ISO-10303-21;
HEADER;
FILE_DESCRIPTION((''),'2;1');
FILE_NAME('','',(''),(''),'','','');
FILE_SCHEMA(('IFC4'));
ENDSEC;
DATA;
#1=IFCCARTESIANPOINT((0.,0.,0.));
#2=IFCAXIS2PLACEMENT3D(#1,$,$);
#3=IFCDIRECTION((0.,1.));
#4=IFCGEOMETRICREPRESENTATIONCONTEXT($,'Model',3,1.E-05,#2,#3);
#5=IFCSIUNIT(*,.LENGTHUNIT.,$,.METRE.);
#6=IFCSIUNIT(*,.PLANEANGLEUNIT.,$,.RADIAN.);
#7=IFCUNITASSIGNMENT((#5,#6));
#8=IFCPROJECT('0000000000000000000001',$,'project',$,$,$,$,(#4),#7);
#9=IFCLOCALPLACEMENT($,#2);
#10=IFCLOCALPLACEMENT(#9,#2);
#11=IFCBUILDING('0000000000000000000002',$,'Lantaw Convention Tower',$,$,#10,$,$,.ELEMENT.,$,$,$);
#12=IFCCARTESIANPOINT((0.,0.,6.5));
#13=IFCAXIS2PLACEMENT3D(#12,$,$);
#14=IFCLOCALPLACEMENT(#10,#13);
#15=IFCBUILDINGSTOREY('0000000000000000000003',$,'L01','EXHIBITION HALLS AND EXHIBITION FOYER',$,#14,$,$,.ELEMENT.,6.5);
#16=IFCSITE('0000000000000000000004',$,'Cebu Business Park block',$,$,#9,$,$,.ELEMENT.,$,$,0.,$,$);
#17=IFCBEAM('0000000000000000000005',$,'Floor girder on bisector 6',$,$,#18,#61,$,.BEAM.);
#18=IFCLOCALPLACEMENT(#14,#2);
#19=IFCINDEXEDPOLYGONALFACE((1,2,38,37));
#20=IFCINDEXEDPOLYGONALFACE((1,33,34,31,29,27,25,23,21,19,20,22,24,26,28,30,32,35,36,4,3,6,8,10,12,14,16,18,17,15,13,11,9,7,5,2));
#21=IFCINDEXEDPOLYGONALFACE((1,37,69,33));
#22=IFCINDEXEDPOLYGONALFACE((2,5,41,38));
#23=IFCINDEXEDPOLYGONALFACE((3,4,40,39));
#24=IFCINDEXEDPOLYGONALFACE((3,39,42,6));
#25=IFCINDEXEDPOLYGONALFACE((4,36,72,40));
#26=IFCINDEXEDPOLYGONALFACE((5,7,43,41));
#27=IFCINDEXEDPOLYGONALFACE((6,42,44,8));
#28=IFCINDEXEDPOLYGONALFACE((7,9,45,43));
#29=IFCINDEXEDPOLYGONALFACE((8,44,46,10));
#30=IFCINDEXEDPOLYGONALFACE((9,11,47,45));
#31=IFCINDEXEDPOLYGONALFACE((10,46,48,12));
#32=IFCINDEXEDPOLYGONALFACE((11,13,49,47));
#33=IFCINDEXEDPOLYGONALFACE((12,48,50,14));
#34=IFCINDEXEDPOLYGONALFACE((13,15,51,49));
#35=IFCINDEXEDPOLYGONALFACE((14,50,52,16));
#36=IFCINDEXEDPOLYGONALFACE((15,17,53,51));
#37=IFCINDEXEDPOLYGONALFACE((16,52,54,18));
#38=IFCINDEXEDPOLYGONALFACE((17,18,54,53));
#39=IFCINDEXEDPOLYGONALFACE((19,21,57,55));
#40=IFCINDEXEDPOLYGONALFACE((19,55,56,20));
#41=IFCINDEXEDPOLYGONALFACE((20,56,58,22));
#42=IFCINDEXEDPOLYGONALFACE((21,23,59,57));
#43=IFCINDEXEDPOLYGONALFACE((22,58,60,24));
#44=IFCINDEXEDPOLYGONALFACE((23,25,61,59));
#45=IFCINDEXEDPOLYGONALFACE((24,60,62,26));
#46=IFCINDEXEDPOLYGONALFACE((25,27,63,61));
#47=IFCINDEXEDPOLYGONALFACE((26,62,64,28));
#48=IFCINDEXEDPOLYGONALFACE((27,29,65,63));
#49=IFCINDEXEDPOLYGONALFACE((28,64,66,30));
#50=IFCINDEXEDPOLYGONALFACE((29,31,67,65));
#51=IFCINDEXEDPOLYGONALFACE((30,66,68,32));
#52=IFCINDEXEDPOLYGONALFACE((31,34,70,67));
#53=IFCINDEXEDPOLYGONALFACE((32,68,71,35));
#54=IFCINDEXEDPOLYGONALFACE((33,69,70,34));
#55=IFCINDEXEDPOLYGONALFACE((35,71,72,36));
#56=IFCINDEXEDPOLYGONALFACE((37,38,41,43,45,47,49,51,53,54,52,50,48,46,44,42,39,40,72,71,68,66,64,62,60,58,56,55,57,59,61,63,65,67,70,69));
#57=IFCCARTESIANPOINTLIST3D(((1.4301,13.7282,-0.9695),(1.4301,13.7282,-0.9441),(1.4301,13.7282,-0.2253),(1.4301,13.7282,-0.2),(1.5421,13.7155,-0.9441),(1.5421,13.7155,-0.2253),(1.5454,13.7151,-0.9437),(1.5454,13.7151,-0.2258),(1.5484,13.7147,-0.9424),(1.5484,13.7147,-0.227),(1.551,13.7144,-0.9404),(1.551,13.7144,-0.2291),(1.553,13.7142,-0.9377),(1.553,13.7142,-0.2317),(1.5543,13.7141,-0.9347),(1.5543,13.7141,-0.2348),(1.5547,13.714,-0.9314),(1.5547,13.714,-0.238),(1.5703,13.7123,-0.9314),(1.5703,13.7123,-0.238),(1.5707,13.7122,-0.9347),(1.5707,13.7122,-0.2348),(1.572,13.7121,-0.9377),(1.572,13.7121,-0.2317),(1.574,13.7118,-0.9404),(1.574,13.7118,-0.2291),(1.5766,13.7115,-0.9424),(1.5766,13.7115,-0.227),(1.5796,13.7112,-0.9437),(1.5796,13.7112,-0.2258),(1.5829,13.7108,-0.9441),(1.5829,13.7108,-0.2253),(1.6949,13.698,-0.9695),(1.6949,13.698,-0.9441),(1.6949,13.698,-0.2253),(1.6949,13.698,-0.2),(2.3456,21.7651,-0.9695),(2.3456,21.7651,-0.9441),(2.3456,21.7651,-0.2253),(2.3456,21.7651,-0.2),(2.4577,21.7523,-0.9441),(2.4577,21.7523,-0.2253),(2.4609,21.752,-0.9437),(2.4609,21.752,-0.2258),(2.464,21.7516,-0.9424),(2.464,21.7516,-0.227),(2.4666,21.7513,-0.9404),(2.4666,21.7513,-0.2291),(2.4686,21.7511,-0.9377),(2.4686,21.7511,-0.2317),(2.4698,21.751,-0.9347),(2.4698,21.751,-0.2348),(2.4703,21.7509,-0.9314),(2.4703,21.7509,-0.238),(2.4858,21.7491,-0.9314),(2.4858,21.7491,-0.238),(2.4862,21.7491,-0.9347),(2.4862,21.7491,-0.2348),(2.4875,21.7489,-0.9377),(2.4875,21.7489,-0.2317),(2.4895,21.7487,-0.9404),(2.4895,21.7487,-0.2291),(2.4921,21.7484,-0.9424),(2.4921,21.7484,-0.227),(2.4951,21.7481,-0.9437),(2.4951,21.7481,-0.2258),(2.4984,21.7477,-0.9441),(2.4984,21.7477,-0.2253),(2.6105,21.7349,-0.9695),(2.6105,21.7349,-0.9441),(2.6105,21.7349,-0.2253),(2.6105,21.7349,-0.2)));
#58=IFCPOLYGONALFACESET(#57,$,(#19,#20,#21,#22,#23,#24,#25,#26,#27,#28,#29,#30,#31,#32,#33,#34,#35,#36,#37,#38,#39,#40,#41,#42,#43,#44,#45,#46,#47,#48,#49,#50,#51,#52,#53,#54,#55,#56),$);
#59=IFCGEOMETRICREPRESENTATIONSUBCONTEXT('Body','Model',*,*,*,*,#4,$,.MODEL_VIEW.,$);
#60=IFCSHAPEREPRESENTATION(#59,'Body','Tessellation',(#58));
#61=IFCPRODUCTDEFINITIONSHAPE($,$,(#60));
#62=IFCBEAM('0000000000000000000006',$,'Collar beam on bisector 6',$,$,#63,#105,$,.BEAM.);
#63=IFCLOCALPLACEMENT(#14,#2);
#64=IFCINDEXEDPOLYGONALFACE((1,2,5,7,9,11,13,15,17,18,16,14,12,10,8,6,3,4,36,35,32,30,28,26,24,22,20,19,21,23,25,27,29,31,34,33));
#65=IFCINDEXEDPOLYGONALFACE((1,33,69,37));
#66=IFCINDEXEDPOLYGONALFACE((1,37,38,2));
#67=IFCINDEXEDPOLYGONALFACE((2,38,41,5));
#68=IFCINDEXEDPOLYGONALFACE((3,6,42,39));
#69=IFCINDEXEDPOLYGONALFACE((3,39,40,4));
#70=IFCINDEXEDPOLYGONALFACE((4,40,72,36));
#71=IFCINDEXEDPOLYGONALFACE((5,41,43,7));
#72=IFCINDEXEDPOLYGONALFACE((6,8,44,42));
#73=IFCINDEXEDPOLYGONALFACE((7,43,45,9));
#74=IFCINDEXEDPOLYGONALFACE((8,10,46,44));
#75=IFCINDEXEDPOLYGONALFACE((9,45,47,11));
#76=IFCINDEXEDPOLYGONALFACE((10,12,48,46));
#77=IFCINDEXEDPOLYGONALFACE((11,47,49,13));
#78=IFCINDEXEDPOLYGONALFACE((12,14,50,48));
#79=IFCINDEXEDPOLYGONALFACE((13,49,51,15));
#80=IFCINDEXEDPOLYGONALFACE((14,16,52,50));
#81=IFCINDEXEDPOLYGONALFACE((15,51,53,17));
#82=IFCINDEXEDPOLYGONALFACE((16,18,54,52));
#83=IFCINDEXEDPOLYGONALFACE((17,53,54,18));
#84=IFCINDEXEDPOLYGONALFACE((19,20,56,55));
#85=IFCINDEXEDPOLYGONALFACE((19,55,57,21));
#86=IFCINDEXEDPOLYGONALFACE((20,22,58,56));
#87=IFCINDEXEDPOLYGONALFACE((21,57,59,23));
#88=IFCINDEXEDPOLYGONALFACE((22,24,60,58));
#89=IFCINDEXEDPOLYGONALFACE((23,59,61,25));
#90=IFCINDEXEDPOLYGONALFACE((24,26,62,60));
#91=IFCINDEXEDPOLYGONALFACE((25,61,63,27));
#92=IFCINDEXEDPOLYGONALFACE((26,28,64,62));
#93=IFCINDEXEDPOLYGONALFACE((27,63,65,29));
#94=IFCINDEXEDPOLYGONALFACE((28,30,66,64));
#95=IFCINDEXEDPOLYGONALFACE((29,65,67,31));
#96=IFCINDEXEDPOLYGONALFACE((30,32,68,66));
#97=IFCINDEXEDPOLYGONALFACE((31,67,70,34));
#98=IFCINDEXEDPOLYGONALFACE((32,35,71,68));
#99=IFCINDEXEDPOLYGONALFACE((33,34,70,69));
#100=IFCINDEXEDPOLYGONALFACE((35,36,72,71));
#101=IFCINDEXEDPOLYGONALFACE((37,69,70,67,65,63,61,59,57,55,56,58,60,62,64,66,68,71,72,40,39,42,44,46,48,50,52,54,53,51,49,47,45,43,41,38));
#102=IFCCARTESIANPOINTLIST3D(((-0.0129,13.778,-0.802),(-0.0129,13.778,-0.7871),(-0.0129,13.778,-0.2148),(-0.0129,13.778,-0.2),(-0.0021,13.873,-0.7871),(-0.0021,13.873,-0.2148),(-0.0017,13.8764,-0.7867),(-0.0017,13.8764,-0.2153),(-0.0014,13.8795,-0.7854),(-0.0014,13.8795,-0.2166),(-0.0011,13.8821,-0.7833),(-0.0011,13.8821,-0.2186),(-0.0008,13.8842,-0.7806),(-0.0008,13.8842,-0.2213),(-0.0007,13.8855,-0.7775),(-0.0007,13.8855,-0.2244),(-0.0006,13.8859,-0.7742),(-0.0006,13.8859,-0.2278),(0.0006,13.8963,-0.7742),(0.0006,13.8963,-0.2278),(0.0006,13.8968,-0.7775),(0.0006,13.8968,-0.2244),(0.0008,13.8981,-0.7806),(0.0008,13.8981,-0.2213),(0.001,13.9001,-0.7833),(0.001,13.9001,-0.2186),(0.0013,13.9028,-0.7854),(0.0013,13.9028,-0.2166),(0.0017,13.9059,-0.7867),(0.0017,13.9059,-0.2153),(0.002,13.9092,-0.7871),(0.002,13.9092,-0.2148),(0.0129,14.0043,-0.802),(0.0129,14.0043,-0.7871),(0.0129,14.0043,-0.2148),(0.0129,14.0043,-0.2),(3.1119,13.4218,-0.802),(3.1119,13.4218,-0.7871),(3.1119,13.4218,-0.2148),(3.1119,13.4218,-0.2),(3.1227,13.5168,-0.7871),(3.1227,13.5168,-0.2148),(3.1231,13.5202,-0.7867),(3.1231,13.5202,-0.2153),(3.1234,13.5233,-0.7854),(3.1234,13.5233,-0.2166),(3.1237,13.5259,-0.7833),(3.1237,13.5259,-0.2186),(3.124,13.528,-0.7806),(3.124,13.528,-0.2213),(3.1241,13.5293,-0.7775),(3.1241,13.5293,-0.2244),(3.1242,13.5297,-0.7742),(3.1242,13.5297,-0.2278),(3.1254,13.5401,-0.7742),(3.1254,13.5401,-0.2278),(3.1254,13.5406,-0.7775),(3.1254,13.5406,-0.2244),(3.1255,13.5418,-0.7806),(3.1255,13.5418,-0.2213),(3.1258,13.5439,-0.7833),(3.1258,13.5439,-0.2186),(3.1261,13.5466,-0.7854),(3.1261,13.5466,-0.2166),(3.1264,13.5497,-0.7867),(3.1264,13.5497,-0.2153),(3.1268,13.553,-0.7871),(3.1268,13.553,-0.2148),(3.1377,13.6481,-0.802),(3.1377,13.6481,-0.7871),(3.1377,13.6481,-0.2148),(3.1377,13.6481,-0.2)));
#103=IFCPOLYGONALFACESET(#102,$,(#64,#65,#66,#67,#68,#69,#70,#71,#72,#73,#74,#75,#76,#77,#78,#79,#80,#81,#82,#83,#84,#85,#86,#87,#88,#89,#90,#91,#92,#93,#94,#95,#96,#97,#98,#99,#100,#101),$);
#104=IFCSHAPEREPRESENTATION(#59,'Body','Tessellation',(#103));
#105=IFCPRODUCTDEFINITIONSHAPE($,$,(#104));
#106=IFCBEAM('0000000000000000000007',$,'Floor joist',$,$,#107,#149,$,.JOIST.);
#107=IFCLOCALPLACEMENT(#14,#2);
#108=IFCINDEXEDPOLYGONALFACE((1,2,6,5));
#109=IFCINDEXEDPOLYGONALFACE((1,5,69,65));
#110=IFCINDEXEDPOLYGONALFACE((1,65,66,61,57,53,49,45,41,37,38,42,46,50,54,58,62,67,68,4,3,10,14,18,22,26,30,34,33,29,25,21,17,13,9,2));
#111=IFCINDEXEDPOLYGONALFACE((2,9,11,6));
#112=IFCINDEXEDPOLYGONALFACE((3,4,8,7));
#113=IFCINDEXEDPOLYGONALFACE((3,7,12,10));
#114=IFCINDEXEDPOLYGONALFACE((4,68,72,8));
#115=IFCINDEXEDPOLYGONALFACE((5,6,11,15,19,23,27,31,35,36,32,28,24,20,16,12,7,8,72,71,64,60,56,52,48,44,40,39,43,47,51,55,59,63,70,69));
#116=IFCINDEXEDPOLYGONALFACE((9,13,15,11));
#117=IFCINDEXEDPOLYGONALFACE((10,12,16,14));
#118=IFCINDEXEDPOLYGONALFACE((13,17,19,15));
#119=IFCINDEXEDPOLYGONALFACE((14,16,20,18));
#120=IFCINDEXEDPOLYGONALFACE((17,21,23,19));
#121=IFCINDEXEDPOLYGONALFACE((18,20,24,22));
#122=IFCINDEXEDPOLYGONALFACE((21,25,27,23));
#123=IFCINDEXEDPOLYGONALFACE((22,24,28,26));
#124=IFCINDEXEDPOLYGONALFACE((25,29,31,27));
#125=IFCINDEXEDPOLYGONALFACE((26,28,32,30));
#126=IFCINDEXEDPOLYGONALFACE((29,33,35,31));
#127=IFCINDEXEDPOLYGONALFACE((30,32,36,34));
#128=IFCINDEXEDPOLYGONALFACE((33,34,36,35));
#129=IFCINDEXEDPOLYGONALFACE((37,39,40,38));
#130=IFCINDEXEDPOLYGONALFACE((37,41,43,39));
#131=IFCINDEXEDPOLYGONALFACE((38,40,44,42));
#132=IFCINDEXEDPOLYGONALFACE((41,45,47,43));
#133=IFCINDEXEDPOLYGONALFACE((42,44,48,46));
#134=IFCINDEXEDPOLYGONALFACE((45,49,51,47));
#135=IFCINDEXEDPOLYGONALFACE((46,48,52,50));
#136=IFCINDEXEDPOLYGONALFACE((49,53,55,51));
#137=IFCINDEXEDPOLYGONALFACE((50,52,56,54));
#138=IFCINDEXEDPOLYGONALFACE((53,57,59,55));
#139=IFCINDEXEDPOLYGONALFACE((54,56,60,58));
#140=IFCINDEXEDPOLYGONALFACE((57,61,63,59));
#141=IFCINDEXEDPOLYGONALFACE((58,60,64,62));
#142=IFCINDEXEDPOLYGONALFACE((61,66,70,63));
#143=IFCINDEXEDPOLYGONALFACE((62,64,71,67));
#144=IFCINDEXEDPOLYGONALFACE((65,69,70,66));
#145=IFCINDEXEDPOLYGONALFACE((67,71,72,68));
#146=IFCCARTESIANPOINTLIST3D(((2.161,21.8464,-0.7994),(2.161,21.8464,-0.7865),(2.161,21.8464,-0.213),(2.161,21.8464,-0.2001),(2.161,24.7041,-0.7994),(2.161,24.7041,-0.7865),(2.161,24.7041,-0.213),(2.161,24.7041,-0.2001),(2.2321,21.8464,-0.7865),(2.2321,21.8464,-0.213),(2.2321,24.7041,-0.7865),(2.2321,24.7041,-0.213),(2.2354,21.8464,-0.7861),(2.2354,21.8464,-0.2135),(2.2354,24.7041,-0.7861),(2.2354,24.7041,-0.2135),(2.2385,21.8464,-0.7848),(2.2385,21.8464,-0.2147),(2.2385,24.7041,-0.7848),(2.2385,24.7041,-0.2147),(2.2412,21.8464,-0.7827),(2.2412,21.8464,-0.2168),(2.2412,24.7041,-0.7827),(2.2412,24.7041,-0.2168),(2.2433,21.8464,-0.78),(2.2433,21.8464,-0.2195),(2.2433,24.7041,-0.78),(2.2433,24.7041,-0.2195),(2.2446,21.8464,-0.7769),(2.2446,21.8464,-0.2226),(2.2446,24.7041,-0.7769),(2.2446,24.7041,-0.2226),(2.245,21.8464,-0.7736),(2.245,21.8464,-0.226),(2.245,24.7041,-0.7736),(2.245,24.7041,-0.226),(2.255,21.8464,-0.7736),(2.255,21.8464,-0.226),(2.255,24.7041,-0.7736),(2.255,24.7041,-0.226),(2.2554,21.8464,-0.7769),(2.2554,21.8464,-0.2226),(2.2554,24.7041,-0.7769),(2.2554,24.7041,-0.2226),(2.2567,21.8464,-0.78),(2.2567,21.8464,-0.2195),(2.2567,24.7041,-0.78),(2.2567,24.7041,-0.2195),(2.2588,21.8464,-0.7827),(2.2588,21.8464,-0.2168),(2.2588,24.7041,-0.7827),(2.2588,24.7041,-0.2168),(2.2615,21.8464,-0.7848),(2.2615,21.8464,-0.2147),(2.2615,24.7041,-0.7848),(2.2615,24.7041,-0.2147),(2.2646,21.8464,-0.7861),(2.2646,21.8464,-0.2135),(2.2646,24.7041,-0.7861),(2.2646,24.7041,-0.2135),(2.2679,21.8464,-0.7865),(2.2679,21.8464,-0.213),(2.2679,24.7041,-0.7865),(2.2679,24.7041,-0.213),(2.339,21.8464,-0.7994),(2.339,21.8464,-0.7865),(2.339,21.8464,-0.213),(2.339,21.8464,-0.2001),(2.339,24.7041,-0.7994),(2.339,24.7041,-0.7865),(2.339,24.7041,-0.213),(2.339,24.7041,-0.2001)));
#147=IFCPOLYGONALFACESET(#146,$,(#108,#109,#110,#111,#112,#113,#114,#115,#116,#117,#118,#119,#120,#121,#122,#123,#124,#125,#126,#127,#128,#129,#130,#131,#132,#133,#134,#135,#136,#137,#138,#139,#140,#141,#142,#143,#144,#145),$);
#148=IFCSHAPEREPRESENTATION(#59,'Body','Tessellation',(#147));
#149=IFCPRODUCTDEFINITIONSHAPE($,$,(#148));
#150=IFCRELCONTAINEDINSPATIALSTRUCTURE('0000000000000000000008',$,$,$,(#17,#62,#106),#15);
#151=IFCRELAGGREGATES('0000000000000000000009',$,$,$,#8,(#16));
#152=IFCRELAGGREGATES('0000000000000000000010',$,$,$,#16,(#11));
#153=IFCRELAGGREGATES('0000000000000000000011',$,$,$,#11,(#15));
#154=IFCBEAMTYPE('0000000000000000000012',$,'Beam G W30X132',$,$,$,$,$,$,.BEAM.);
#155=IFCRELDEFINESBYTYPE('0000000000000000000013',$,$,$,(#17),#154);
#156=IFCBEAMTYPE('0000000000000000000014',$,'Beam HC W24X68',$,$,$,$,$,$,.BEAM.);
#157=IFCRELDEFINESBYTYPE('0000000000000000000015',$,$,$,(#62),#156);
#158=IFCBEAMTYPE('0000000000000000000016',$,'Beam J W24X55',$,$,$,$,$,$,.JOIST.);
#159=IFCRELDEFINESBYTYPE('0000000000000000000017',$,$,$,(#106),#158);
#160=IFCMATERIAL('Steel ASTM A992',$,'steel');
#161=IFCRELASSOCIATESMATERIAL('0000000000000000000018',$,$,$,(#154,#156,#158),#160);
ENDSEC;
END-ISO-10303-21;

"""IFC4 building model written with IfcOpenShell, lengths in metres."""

from ifc_helpers import new_model, si_unit, direction, frame, origin, origin_2d, place, context, subcontext, project, spatial, i_section, extrude, material, material_profile, profile_set, type_object, element, save


model = new_model("IFC4")

# Units and contexts
model_context = context("Model", 3, precision=1e-05, world=origin(), true_north=direction((0.0, 1.0)))
body_context = subcontext(model_context, "Body", "Model", "MODEL_VIEW")
ifc_project = project(units=[si_unit("LENGTHUNIT", "METRE"), si_unit("PLANEANGLEUNIT", "RADIAN")], contexts=[model_context])

# Site, building, storey
site_placement = place(None, origin())
site = spatial("IfcSite", under=ifc_project, at=site_placement, Name="Cebu Business Park block", CompositionType="ELEMENT", RefElevation=0.0)
building_placement = place(site_placement, origin())
building = spatial("IfcBuilding", under=site, at=building_placement, Name="Lantaw Convention Tower", CompositionType="ELEMENT")
storey_placement = place(building_placement, frame((0.0, 0.0, 6.5)))
storey = spatial("IfcBuildingStorey", under=building, at=storey_placement, Name="L01", Description="EXHIBITION HALLS AND EXHIBITION FOYER", CompositionType="ELEMENT", Elevation=6.5)

# Beams
ifc_material_1 = material(Name="Steel ASTM A992", Category="steel")
ifc_material_profile_1 = material_profile(ifc_material_1, i_section(OverallWidth=0.2666, OverallDepth=0.7695, WebThickness=0.0156, FlangeThickness=0.0254, FilletRadius=0.0127, at=origin_2d()), Name="W30X132")
ifc_profile_set_1 = profile_set([ifc_material_profile_1], Name="Steel ASTM A992")
beam_type_1 = type_object("IfcBeamType", Name="Beam G W30X132", PredefinedType="BEAM", material=ifc_profile_set_1)
beam_1_placement = place(storey_placement, frame((1.5625, 13.7131, -0.5847), z_axis=(0.113184, 0.993574, 0.0), x_axis=(-0.993574, 0.113184, 0.0)))
element("IfcBeam", 1, at=beam_1_placement, inside=storey, type_object=beam_type_1, Name="Floor girder on bisector 6", PredefinedType="BEAM", context=body_context, shape_type="SweptSolid", body=[
    extrude(i_section(OverallWidth=0.2666, OverallDepth=0.7695, WebThickness=0.0156, FlangeThickness=0.0254, FilletRadius=0.0127, at=origin_2d()), origin(), (0.0, 0.0, 1.0), 8.0889),
])
ifc_material_profile_2 = material_profile(ifc_material_1, i_section(OverallWidth=0.2278, OverallDepth=0.6021, WebThickness=0.0105, FlangeThickness=0.0149, FilletRadius=0.0129, at=origin_2d()), Name="W24X68")
ifc_profile_set_2 = profile_set([ifc_material_profile_2], Name="Steel ASTM A992")
beam_type_2 = type_object("IfcBeamType", Name="Beam HC W24X68", PredefinedType="BEAM", material=ifc_profile_set_2)
beam_2_placement = place(storey_placement, frame((3.1248, 13.5349, -0.501), z_axis=(-0.993565, 0.11326, 0.0), x_axis=(-0.11326, -0.993565, 0.0)))
element("IfcBeam", 2, at=beam_2_placement, inside=storey, type_object=beam_type_2, Name="Collar beam on bisector 6", PredefinedType="BEAM", context=body_context, shape_type="SweptSolid", body=[
    extrude(i_section(OverallWidth=0.2278, OverallDepth=0.6021, WebThickness=0.0105, FlangeThickness=0.0149, FilletRadius=0.0129, at=origin_2d()), origin(), (0.0, 0.0, 1.0), 3.145),
])
ifc_material_profile_3 = material_profile(ifc_material_1, i_section(OverallWidth=0.178, OverallDepth=0.5994, WebThickness=0.01, FlangeThickness=0.0129, FilletRadius=0.0129, at=origin_2d()), Name="W24X55")
ifc_profile_set_3 = profile_set([ifc_material_profile_3], Name="Steel ASTM A992")
beam_type_3 = type_object("IfcBeamType", Name="Beam J W24X55", PredefinedType="JOIST", material=ifc_profile_set_3)
beam_3_placement = place(storey_placement, frame((2.25, 21.8464, -0.4998), z_axis=(0.0, 1.0, 0.0), x_axis=(-1.0, 0.0, 0.0)))
element("IfcBeam", 3, at=beam_3_placement, inside=storey, type_object=beam_type_3, Name="Floor joist", PredefinedType="JOIST", context=body_context, shape_type="SweptSolid", body=[
    extrude(i_section(OverallWidth=0.178, OverallDepth=0.5994, WebThickness=0.01, FlangeThickness=0.0129, FilletRadius=0.0129, at=origin_2d()), origin(), (0.0, 0.0, 1.0), 2.8577),
])

save(model, "model.ifc")
